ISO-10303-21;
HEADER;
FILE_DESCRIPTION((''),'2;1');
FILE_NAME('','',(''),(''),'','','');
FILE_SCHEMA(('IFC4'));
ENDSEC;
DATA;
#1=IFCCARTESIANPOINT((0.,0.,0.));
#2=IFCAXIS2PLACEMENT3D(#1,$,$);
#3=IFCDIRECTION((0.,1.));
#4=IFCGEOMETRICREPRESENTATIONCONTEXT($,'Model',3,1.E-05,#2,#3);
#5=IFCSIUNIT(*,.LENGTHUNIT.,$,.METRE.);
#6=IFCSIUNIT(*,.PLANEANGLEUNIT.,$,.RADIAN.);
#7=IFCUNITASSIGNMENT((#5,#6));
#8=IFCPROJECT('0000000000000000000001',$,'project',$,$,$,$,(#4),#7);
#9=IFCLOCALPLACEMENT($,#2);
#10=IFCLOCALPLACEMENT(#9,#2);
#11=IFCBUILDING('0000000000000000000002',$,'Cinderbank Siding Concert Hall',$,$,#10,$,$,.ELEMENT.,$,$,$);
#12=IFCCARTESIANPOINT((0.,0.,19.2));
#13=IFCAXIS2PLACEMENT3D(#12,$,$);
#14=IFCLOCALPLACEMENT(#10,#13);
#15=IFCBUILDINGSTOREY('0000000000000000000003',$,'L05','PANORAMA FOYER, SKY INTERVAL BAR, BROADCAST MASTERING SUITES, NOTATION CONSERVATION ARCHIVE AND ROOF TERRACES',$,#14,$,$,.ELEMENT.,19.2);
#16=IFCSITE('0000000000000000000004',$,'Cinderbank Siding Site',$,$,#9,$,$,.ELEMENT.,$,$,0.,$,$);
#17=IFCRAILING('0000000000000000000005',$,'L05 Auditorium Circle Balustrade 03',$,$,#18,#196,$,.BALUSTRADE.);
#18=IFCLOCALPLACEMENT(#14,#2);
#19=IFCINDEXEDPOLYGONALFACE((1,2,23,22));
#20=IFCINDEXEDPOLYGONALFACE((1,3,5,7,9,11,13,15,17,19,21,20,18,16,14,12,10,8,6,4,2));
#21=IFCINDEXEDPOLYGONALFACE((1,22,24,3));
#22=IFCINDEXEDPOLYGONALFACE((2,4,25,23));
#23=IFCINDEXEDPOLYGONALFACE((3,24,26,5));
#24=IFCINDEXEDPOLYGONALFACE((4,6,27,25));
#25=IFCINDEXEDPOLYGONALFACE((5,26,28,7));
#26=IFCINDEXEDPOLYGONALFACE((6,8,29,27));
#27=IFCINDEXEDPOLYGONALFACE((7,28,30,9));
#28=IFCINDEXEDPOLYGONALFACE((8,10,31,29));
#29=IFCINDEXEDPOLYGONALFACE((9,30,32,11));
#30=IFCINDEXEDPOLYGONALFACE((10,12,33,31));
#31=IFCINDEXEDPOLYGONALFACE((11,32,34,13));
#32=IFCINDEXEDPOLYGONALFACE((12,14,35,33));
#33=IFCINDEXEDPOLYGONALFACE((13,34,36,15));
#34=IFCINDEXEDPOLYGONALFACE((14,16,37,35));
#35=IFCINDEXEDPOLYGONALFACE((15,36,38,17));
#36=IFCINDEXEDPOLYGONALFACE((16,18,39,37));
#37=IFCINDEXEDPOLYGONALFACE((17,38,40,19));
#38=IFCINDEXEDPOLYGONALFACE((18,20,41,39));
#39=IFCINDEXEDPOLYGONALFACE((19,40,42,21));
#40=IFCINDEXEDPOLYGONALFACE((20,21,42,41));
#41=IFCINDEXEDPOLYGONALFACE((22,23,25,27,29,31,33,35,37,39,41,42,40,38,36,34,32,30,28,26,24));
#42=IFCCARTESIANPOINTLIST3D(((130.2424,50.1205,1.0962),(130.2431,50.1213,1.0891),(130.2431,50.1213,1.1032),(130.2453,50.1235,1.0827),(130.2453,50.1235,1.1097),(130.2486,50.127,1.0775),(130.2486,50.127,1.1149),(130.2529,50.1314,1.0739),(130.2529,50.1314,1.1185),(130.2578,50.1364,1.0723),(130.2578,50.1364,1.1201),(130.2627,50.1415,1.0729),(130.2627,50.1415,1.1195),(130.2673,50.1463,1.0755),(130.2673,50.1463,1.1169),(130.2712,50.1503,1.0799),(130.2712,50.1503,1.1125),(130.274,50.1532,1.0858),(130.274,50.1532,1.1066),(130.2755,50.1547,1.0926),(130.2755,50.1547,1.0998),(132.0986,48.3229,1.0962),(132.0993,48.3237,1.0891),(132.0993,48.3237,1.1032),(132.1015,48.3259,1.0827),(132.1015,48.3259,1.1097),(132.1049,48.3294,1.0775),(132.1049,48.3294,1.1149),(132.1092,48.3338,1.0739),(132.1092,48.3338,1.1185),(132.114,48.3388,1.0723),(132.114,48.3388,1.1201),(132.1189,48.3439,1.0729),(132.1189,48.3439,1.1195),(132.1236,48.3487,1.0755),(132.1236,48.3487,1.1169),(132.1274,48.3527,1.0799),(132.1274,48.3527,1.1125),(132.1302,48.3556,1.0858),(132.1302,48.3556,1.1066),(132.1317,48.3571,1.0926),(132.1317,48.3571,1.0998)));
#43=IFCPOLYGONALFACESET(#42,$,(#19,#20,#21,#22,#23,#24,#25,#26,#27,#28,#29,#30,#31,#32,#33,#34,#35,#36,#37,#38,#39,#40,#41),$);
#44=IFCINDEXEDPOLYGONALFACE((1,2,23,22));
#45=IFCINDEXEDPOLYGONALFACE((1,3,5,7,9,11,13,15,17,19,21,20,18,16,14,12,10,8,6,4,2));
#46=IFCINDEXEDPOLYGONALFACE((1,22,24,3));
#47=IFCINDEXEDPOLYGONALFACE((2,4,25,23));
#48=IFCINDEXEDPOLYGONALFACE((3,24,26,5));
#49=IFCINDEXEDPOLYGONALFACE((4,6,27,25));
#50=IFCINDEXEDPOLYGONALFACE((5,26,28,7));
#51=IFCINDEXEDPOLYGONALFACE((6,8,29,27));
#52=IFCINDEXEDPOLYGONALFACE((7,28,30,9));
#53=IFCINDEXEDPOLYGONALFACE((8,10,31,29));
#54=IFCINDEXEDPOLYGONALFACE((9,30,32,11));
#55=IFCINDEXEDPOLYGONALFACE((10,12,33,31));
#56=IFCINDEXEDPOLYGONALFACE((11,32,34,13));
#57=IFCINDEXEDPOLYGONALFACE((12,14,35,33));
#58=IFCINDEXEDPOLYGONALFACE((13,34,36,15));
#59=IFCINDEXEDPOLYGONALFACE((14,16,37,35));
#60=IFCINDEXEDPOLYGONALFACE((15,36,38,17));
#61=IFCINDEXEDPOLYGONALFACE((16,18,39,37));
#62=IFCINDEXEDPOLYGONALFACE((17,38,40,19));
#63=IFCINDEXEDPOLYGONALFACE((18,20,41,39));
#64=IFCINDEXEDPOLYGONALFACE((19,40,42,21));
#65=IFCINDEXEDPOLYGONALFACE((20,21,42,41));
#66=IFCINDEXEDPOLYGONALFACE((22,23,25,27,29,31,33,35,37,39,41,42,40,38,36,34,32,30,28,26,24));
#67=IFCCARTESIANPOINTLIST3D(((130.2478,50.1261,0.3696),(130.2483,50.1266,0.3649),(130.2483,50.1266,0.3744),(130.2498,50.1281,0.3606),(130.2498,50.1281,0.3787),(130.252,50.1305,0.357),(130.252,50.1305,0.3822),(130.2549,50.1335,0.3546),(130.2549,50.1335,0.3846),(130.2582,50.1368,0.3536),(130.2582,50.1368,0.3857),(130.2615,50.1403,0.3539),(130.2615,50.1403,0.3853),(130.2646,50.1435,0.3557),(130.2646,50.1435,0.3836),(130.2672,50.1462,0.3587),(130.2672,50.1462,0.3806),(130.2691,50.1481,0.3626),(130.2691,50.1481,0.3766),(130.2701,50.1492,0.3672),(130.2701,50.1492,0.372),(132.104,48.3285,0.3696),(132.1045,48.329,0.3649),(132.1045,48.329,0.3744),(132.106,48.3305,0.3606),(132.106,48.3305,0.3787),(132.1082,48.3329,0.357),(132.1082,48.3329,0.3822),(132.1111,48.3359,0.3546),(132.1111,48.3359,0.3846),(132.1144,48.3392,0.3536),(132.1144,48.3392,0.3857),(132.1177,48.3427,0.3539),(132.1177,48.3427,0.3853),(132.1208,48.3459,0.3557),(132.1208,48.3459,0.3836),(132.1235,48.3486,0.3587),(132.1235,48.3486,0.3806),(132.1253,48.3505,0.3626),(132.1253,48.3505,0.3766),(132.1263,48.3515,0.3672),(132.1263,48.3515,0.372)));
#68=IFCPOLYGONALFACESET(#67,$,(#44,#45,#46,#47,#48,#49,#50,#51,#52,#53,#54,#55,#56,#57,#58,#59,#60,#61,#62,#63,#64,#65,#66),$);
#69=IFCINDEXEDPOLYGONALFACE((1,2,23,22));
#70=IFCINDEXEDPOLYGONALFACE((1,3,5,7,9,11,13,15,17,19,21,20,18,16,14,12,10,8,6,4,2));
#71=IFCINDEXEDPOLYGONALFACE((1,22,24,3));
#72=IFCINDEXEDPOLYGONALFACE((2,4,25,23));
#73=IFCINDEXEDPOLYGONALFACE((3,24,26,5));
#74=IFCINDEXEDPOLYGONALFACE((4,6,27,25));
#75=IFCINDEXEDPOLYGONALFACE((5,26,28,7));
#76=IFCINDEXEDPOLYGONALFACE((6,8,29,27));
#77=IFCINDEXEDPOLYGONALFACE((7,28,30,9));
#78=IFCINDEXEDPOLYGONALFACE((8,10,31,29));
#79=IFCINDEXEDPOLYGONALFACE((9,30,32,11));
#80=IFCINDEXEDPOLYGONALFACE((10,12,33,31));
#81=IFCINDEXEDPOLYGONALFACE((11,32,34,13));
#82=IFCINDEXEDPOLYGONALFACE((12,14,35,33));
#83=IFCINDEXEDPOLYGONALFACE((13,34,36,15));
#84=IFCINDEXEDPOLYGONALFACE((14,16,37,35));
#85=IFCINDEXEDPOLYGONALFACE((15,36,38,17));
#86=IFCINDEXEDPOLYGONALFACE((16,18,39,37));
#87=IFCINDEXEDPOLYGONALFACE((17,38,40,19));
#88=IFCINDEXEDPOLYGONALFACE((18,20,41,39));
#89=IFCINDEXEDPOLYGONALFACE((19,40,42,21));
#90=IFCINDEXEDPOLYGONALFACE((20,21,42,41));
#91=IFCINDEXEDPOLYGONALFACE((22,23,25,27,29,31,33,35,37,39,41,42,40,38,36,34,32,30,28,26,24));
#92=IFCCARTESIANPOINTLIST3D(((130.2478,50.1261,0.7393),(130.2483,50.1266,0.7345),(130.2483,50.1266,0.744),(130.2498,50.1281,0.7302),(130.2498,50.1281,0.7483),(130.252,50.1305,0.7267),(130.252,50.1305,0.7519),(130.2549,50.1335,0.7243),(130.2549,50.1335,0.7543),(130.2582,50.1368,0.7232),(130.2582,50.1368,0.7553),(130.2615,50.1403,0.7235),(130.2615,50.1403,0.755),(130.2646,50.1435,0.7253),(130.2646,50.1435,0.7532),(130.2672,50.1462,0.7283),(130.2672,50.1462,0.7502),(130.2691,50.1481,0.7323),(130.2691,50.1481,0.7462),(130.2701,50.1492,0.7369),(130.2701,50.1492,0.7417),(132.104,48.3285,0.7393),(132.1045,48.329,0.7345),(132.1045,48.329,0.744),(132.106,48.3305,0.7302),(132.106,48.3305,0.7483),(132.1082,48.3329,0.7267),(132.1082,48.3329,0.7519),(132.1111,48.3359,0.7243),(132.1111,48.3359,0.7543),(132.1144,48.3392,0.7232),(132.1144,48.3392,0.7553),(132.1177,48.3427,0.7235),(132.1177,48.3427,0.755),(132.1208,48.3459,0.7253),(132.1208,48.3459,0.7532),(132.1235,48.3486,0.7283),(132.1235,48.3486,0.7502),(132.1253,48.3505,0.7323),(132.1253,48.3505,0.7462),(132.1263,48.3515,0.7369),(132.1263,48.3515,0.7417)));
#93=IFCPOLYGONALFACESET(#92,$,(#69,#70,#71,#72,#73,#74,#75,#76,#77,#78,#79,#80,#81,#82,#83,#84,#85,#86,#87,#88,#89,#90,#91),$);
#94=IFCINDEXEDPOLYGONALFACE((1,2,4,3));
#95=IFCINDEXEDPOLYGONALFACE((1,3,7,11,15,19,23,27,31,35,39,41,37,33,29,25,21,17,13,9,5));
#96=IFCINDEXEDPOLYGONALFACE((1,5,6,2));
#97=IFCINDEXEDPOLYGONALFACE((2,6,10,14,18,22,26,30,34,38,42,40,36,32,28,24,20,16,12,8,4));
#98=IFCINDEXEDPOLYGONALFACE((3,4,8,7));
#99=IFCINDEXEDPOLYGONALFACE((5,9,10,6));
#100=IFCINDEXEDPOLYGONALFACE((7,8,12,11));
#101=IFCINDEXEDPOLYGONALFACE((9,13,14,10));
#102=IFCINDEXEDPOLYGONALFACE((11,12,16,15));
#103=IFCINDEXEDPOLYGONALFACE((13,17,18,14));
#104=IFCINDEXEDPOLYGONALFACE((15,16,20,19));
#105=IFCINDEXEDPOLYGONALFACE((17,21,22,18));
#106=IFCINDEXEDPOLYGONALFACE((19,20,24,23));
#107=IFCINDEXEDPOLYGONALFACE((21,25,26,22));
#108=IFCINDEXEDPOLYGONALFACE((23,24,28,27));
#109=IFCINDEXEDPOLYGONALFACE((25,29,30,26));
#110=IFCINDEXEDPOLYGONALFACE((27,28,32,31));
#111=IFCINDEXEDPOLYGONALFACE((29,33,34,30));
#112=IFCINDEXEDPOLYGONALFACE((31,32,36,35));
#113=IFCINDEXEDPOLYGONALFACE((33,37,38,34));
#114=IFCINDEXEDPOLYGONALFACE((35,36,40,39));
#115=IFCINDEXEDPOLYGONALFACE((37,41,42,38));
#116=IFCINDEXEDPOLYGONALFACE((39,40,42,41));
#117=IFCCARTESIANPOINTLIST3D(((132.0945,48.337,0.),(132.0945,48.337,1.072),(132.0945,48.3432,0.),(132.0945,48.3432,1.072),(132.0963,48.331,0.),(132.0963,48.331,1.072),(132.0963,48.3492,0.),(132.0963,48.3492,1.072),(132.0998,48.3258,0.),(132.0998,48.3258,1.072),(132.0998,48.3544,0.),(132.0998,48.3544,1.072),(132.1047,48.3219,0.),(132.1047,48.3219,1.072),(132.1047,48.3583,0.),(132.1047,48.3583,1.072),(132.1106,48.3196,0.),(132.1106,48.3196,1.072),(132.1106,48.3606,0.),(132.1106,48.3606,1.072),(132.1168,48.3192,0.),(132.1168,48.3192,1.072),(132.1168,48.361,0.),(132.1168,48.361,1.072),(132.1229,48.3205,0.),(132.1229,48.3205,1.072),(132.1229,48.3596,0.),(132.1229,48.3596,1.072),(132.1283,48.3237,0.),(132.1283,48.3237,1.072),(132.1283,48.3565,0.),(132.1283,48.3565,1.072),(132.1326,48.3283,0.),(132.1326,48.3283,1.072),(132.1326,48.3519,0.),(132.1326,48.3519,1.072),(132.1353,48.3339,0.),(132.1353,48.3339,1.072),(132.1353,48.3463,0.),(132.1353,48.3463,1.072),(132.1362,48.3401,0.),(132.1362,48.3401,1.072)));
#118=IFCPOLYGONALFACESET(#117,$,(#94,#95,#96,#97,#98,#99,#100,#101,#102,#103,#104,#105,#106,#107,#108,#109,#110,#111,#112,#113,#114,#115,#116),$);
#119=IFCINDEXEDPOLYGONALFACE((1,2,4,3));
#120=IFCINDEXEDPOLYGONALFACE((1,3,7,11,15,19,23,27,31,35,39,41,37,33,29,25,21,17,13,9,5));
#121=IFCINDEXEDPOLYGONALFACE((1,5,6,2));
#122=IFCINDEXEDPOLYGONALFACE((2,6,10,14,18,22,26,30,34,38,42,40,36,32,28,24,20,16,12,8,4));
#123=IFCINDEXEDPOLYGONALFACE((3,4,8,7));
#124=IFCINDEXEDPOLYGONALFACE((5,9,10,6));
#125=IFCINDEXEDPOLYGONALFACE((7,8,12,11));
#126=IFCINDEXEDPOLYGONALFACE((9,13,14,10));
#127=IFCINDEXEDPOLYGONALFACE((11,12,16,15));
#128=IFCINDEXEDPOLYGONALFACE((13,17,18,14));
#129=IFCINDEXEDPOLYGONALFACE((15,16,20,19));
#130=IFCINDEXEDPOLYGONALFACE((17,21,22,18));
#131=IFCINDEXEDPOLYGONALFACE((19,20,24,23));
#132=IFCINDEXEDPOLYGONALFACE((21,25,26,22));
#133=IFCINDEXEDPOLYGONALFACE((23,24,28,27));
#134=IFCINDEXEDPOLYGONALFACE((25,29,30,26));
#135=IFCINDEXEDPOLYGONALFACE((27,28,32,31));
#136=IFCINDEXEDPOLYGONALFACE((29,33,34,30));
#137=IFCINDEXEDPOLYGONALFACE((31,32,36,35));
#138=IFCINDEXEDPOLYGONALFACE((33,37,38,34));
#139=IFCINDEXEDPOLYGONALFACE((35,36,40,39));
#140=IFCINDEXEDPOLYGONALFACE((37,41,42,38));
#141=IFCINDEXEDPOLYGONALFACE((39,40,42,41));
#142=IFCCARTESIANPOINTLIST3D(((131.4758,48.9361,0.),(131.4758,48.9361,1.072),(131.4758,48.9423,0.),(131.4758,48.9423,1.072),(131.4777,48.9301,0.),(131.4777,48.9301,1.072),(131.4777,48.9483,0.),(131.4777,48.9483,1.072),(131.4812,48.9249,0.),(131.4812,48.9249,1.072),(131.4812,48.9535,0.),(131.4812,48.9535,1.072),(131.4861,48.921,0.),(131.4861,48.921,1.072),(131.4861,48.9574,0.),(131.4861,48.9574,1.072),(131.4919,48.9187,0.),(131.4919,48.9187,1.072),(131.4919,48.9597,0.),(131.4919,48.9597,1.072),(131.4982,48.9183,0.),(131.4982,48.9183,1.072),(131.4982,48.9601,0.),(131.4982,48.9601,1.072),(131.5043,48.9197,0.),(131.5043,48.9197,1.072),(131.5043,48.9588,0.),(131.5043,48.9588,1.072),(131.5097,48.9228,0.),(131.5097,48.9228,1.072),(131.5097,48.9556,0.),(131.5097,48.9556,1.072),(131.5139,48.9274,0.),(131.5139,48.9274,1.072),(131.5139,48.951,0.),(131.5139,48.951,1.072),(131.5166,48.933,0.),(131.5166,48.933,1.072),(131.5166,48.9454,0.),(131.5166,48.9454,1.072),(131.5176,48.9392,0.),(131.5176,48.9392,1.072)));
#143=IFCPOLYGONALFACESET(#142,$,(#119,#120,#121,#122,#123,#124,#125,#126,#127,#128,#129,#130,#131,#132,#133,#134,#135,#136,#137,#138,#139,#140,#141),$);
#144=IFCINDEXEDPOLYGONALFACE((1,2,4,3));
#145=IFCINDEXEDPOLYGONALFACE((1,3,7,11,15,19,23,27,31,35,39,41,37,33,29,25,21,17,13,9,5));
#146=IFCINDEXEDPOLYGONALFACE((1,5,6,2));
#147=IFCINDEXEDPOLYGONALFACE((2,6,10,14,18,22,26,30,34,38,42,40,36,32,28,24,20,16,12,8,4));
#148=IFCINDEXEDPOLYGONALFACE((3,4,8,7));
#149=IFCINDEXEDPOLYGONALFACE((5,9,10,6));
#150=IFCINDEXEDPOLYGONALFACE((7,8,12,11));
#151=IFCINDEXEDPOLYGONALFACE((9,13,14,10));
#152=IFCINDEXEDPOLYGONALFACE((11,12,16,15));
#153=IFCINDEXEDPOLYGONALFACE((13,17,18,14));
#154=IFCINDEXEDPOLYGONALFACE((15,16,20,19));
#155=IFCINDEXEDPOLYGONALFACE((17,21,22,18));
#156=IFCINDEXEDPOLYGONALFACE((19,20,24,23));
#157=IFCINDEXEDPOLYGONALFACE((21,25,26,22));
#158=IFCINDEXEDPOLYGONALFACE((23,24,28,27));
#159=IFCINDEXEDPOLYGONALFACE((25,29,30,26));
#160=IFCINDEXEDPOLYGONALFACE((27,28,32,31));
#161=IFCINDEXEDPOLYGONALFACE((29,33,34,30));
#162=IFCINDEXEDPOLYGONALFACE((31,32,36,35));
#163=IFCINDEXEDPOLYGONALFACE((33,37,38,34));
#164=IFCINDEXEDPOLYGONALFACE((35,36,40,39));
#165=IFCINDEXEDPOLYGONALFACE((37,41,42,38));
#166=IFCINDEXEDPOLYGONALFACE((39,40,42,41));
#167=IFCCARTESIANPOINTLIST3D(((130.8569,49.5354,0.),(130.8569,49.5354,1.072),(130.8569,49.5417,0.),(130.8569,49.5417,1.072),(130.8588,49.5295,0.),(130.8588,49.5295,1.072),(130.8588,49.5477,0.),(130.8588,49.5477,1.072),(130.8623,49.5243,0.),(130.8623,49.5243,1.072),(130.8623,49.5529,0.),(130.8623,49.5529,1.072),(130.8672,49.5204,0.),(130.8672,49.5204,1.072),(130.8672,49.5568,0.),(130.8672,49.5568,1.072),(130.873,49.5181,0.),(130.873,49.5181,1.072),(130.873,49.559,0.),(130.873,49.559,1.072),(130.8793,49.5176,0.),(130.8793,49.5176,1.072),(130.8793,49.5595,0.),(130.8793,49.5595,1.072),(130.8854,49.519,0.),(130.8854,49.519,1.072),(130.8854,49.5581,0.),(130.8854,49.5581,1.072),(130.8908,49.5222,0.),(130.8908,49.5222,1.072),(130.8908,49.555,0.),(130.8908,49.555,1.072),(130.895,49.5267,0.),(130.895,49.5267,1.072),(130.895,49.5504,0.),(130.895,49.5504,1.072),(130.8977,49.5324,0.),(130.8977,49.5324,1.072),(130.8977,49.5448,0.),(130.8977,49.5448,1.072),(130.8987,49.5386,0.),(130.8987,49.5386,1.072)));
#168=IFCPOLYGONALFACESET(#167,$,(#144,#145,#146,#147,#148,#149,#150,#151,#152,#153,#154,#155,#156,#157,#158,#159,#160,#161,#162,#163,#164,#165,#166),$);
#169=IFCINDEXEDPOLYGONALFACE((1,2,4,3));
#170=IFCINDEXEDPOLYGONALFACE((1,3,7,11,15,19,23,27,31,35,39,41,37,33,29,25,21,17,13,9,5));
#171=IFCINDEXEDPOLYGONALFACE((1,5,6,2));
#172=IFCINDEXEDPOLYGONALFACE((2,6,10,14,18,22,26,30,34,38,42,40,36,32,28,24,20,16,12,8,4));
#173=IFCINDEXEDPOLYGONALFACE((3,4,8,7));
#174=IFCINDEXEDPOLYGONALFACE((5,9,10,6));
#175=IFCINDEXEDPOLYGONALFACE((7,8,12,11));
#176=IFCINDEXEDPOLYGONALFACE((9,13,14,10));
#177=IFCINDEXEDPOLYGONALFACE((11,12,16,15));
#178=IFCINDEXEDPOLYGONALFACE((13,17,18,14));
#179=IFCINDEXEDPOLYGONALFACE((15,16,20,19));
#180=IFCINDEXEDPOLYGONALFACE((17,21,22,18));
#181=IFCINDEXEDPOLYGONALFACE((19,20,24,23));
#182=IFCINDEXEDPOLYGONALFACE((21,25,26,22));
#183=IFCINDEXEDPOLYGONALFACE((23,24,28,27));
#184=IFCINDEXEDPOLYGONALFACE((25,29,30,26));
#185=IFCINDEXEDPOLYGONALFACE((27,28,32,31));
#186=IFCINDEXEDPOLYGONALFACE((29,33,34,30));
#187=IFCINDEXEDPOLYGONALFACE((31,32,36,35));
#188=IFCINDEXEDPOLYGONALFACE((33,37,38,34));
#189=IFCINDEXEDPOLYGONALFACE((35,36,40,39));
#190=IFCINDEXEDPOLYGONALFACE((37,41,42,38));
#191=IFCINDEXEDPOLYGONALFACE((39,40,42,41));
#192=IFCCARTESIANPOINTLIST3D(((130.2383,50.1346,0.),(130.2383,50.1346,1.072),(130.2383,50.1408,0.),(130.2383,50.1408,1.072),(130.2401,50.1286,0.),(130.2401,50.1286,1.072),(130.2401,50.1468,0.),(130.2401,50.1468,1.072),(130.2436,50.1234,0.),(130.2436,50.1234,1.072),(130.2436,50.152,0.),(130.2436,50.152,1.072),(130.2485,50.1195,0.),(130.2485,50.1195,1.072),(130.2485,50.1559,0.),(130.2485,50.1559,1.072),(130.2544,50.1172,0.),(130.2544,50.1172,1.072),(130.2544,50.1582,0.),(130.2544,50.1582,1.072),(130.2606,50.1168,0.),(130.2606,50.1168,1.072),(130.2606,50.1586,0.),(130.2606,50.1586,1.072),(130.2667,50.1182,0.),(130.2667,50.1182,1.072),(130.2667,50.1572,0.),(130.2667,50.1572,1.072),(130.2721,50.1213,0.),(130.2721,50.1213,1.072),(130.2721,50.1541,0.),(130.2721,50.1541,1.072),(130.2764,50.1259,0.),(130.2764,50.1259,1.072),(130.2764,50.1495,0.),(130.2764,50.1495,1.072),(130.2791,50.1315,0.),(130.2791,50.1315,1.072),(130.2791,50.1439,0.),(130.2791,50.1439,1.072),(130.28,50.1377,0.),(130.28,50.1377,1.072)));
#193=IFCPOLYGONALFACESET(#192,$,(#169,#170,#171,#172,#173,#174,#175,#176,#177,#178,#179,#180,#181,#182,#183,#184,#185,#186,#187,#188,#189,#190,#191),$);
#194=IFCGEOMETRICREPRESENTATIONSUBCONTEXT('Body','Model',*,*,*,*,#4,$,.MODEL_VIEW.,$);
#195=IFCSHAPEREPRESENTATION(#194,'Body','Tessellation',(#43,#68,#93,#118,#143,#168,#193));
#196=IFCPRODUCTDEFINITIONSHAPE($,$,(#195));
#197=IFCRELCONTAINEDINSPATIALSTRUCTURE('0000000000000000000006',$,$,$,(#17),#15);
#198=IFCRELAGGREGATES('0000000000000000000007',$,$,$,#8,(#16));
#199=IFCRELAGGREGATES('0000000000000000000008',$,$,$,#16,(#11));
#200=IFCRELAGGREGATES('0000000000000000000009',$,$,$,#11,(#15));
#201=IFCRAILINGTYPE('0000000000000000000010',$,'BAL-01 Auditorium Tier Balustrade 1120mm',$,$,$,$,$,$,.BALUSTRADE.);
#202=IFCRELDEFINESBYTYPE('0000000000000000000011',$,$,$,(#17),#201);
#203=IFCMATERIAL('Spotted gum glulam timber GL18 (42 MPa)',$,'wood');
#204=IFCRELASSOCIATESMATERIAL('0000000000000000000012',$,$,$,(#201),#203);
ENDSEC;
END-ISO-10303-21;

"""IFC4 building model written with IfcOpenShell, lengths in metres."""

from ifc_helpers import new_model, si_unit, direction, frame, origin, origin_2d, place, context, subcontext, project, spatial, circle, extrude, material, type_object, element, save


model = new_model("IFC4")

# Units and contexts
model_context = context("Model", 3, precision=1e-05, world=origin(), true_north=direction((0.0, 1.0)))
body_context = subcontext(model_context, "Body", "Model", "MODEL_VIEW")
ifc_project = project(units=[si_unit("LENGTHUNIT", "METRE"), si_unit("PLANEANGLEUNIT", "RADIAN")], contexts=[model_context])

# Site, building, storey
site_placement = place(None, origin())
site = spatial("IfcSite", under=ifc_project, at=site_placement, Name="Cinderbank Siding Site", CompositionType="ELEMENT", RefElevation=0.0)
building_placement = place(site_placement, origin())
building = spatial("IfcBuilding", under=site, at=building_placement, Name="Cinderbank Siding Concert Hall", CompositionType="ELEMENT")
storey_placement = place(building_placement, frame((0.0, 0.0, 19.2)))
storey = spatial("IfcBuildingStorey", under=building, at=storey_placement, Name="L05", Description="PANORAMA FOYER, SKY INTERVAL BAR, BROADCAST MASTERING SUITES, NOTATION CONSERVATION ARCHIVE AND ROOF TERRACES", CompositionType="ELEMENT", Elevation=19.2)

# Railing
ifc_material_1 = material(Name="Spotted gum glulam timber GL18 (42 MPa)", Category="wood")
railing_type = type_object("IfcRailingType", Name="BAL-01 Auditorium Tier Balustrade 1120mm", PredefinedType="BALUSTRADE", material=ifc_material_1)
railing_1_placement = place(storey_placement, frame((132.1152, 48.3401, 0.0)))
element("IfcRailing", 1, at=railing_1_placement, inside=storey, type_object=railing_type, Name="L05 Auditorium Circle Balustrade 03", PredefinedType="BALUSTRADE", context=body_context, shape_type="SweptSolid", body=[
    extrude(circle(Radius=0.0239, at=origin_2d()), frame((0.0, 0.0, 1.0962), z_axis=(-0.718354, 0.695678, 0.0), x_axis=(-0.695678, -0.718354, 0.0)), (0.0, 0.0, 1.0), 2.584),
    extrude(circle(Radius=0.0161, at=origin_2d()), frame((0.0, 0.0, 0.3696), z_axis=(-0.718354, 0.695678, 0.0), x_axis=(-0.695678, -0.718354, 0.0)), (0.0, 0.0, 1.0), 2.584),
    extrude(circle(Radius=0.0161, at=origin_2d()), frame((0.0, 0.0, 0.7393), z_axis=(-0.718354, 0.695678, 0.0), x_axis=(-0.695678, -0.718354, 0.0)), (0.0, 0.0, 1.0), 2.584),
    extrude(circle(Radius=0.021, at=origin_2d()), origin(), (0.0, 0.0, 1.0), 1.072),
    extrude(circle(Radius=0.021, at=origin_2d()), frame((-0.6187, 0.5991, 0.0)), (0.0, 0.0, 1.0), 1.072),
    extrude(circle(Radius=0.021, at=origin_2d()), frame((-1.2375, 1.1985, 0.0)), (0.0, 0.0, 1.0), 1.072),
    extrude(circle(Radius=0.021, at=origin_2d()), frame((-1.8562, 1.7976, 0.0)), (0.0, 0.0, 1.0), 1.072),
])

save(model, "model.ifc")
